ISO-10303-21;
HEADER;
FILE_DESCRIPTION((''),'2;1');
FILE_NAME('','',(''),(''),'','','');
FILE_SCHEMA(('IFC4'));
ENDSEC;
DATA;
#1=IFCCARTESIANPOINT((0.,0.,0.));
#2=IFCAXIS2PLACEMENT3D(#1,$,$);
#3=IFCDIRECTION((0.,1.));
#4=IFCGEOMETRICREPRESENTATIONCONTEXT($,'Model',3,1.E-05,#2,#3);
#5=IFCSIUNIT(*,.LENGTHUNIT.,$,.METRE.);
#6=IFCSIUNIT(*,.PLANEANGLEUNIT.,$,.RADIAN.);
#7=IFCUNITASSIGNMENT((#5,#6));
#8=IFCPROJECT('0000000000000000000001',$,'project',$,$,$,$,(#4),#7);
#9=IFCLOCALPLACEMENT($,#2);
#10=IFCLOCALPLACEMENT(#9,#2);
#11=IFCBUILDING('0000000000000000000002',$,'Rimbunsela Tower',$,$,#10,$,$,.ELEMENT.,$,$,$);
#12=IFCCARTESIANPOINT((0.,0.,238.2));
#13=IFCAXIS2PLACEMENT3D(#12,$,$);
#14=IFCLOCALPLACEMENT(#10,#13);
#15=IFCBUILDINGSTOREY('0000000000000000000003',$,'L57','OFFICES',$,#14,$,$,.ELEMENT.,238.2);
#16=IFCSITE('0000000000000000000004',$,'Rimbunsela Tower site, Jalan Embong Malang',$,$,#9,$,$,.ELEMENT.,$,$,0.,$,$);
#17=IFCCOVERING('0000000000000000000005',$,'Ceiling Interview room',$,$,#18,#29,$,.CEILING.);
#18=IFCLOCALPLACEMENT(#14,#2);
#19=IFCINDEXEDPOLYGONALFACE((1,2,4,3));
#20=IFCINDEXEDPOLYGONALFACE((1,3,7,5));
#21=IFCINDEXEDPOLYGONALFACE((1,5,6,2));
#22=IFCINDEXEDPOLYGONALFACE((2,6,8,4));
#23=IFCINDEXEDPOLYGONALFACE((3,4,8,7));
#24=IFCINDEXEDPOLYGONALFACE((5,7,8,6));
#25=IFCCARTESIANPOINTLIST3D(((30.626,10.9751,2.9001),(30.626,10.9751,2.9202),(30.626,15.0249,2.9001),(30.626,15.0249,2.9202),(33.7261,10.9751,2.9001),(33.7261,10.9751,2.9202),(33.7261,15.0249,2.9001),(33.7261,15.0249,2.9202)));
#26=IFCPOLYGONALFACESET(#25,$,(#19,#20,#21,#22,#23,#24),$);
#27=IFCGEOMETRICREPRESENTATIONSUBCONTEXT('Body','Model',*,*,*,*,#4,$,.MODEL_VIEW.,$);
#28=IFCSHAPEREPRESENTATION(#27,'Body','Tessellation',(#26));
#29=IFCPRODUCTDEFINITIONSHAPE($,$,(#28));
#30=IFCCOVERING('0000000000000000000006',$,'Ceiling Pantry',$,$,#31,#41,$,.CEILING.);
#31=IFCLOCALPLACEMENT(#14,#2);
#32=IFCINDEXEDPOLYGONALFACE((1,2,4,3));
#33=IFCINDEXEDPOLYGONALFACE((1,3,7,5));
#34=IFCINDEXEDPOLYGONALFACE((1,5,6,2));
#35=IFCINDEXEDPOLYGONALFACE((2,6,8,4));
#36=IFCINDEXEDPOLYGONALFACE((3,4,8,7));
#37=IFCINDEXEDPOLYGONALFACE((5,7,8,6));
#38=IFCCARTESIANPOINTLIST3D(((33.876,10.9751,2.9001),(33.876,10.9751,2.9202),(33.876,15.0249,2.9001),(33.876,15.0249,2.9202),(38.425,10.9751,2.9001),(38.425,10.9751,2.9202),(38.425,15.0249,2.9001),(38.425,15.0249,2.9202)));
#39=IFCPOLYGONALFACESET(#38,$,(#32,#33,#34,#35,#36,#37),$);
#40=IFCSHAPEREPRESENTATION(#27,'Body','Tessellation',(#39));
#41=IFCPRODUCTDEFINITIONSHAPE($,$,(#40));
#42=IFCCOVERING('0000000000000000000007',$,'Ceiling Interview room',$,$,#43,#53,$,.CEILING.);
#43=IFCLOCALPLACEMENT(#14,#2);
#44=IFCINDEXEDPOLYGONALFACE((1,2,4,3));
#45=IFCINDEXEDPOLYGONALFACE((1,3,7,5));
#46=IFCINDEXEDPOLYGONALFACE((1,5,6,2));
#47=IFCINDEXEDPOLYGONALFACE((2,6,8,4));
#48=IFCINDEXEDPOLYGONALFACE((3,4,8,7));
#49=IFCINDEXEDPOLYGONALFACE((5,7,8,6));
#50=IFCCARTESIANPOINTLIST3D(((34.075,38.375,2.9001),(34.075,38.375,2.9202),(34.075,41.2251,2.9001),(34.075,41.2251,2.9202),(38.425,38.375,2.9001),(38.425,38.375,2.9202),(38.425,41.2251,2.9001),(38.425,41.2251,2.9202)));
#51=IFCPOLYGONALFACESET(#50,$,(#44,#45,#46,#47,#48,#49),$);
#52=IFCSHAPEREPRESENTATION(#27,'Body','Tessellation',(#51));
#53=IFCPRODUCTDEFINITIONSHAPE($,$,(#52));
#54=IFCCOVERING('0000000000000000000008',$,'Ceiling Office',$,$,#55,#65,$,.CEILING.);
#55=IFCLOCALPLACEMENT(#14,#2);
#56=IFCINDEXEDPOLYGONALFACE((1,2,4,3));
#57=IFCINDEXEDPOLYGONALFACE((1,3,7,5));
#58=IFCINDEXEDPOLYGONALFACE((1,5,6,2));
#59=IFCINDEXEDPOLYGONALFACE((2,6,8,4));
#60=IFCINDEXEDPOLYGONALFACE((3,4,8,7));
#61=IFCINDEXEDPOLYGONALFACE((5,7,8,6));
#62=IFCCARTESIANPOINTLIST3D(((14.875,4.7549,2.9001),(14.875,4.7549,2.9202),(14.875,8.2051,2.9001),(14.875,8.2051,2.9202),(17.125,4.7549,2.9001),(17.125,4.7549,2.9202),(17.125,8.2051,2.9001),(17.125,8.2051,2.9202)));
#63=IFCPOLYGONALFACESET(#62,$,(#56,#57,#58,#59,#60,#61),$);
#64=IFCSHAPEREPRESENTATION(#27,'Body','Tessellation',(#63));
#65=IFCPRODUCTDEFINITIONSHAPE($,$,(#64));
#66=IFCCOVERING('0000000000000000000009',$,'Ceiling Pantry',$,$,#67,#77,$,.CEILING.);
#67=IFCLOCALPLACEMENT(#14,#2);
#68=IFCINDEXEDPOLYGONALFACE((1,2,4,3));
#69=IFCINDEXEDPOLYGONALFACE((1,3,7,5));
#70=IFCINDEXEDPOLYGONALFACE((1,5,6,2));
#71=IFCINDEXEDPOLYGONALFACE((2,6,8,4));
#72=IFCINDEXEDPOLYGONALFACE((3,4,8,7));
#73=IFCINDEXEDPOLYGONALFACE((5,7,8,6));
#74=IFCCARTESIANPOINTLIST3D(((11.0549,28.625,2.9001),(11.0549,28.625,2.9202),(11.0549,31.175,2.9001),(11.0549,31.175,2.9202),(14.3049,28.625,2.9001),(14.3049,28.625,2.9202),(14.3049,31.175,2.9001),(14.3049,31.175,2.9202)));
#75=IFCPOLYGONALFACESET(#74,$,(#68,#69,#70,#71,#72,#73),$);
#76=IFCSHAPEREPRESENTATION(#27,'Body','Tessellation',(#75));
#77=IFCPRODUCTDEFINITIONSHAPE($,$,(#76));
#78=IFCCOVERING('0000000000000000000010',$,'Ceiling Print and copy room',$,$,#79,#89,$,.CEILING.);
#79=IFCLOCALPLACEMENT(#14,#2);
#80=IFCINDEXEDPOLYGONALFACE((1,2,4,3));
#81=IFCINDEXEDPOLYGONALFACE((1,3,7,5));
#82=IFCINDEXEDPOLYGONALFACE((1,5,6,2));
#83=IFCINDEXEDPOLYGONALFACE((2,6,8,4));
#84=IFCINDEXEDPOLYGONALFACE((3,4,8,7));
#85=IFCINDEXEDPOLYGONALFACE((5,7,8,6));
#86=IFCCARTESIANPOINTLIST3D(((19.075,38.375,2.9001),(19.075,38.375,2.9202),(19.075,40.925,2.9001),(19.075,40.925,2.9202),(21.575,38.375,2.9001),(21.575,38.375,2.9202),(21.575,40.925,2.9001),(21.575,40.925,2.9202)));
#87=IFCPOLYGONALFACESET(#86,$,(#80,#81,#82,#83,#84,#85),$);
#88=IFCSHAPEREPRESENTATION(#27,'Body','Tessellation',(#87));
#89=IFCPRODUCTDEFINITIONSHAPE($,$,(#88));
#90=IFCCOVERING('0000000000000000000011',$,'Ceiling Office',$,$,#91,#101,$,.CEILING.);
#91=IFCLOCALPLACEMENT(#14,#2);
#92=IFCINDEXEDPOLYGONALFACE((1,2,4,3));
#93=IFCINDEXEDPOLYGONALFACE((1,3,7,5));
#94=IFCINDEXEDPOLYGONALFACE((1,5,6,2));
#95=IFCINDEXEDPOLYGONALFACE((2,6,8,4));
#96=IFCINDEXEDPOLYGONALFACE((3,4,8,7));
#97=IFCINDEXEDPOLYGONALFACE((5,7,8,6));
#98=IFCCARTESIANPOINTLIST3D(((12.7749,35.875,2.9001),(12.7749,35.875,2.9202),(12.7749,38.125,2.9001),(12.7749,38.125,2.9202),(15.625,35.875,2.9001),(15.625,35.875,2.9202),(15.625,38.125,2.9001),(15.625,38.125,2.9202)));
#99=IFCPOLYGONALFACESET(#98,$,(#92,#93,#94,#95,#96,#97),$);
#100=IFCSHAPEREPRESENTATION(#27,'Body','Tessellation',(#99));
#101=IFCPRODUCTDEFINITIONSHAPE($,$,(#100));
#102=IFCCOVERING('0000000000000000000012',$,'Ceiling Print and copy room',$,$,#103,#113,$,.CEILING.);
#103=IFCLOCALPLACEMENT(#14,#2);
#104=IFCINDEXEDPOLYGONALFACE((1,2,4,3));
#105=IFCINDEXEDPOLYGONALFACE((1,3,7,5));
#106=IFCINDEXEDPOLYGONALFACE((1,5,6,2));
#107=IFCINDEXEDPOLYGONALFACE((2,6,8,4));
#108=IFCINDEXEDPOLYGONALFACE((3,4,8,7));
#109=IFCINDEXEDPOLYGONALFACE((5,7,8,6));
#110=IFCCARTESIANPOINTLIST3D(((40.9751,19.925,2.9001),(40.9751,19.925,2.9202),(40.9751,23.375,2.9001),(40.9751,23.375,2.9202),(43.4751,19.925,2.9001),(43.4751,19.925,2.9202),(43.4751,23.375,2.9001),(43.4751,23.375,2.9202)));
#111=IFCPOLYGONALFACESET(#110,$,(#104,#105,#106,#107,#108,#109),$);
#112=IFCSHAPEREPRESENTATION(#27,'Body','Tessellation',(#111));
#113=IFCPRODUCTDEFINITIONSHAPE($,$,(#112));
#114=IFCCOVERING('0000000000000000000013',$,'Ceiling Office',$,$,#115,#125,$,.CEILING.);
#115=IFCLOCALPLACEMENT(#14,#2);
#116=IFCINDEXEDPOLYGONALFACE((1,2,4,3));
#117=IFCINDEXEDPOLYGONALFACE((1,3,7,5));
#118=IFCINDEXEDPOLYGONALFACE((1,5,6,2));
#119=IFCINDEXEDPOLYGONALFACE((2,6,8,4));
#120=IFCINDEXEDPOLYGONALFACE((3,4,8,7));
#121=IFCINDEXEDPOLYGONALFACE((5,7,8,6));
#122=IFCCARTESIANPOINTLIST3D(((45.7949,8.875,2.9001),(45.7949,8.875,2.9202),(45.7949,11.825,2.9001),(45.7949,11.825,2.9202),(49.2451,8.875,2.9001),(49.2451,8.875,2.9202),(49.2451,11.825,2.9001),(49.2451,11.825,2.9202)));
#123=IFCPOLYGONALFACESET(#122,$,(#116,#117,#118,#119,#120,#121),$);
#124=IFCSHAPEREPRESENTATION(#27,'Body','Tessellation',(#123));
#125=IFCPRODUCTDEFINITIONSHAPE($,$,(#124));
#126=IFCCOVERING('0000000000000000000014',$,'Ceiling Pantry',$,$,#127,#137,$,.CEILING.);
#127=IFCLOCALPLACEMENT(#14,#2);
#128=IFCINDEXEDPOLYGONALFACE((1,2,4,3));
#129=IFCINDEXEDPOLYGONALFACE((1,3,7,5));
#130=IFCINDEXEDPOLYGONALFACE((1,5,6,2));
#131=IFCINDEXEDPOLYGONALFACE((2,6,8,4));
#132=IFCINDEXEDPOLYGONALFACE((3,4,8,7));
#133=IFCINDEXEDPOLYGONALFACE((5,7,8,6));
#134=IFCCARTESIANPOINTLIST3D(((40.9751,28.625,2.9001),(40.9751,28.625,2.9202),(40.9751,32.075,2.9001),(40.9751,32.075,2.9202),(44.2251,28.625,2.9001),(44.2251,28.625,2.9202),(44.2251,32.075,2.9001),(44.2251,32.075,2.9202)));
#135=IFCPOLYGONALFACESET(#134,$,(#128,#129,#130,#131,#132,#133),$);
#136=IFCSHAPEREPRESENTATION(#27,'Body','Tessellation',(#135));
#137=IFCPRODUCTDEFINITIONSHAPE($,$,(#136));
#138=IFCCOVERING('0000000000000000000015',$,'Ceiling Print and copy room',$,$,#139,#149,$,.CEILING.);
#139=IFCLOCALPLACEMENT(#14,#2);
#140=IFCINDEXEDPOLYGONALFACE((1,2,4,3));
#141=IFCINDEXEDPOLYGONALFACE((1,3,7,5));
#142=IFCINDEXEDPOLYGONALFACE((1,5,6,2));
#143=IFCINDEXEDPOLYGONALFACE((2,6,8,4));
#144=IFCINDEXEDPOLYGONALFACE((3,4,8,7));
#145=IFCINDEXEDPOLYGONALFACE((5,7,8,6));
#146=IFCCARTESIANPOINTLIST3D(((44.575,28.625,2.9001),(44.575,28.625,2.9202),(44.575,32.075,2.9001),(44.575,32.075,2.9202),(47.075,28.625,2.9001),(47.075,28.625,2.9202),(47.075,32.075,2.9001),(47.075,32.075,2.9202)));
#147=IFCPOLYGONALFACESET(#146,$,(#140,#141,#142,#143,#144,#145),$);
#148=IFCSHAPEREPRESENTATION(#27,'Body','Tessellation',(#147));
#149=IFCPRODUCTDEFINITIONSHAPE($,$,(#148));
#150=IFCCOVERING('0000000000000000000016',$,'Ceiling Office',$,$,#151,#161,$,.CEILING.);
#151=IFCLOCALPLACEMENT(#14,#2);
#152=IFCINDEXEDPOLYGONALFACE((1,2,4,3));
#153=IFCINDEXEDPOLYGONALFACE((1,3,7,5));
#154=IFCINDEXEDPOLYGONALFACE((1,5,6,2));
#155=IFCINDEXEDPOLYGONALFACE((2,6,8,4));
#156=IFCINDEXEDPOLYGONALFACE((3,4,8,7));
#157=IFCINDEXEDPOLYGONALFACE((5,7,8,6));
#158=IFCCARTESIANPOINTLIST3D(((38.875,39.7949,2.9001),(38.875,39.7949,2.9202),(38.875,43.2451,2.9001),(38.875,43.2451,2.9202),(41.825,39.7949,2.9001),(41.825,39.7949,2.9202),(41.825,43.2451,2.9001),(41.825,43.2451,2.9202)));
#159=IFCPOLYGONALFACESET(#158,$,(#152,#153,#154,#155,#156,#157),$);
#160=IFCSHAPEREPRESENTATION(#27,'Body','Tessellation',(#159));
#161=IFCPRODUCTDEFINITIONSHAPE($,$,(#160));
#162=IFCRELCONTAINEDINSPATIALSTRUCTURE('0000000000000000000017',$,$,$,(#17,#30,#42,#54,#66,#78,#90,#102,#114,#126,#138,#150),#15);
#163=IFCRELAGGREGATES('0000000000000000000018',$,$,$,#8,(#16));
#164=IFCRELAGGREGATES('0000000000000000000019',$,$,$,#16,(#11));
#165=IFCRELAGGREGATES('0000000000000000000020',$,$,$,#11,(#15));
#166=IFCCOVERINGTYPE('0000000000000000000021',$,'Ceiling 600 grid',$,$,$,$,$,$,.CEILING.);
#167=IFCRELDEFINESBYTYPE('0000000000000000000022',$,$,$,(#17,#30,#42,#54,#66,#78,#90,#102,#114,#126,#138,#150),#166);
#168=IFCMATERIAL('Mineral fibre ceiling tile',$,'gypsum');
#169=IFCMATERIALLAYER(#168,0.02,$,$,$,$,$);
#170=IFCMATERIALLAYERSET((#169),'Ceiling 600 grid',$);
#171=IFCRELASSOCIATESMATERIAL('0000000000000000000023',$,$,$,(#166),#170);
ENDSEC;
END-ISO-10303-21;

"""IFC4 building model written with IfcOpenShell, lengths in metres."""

from ifc_helpers import new_model, si_unit, direction, frame, origin, place, context, subcontext, project, spatial, polyline, outline, extrude, material, layer, layer_set, type_object, element, save


model = new_model("IFC4")

# Units and contexts
model_context = context("Model", 3, precision=1e-05, world=origin(), true_north=direction((0.0, 1.0)))
body_context = subcontext(model_context, "Body", "Model", "MODEL_VIEW")
ifc_project = project(units=[si_unit("LENGTHUNIT", "METRE"), si_unit("PLANEANGLEUNIT", "RADIAN")], contexts=[model_context])

# Site, building, storey
site_placement = place(None, origin())
site = spatial("IfcSite", under=ifc_project, at=site_placement, Name="Rimbunsela Tower site, Jalan Embong Malang", CompositionType="ELEMENT", RefElevation=0.0)
building_placement = place(site_placement, origin())
building = spatial("IfcBuilding", under=site, at=building_placement, Name="Rimbunsela Tower", CompositionType="ELEMENT")
storey_placement = place(building_placement, frame((0.0, 0.0, 238.2)))
storey = spatial("IfcBuildingStorey", under=building, at=storey_placement, Name="L57", Description="OFFICES", CompositionType="ELEMENT", Elevation=238.2)

# Coverings
ifc_material_1 = material(Name="Mineral fibre ceiling tile", Category="gypsum")
ifc_layer_1 = layer(ifc_material_1, 0.02)
ifc_layer_set_1 = layer_set([ifc_layer_1], Name="Ceiling 600 grid")
covering_type_1 = type_object("IfcCoveringType", Name="Ceiling 600 grid", PredefinedType="CEILING", material=ifc_layer_set_1)
covering_1_placement = place(storey_placement, frame((0.0, 0.0, 2.9001)))
element("IfcCovering", 1, at=covering_1_placement, inside=storey, type_object=covering_type_1, Name="Ceiling Interview room", PredefinedType="CEILING", context=body_context, shape_type="SweptSolid", body=[
    extrude(outline(polyline([(33.7261, 10.9751), (33.7261, 15.0249), (30.626, 15.0249), (30.626, 10.9751), (33.7261, 10.9751)])), origin(), (0.0, 0.0, 1.0), 0.02),
])
covering_2_placement = place(storey_placement, frame((0.0, 0.0, 2.9001)))
element("IfcCovering", 2, at=covering_2_placement, inside=storey, type_object=covering_type_1, Name="Ceiling Pantry", PredefinedType="CEILING", context=body_context, shape_type="SweptSolid", body=[
    extrude(outline(polyline([(38.425, 10.9751), (38.425, 15.0249), (33.876, 15.0249), (33.876, 10.9751), (38.425, 10.9751)])), origin(), (0.0, 0.0, 1.0), 0.02),
])
covering_3_placement = place(storey_placement, frame((0.0, 0.0, 2.9001)))
element("IfcCovering", 3, at=covering_3_placement, inside=storey, type_object=covering_type_1, Name="Ceiling Interview room", PredefinedType="CEILING", context=body_context, shape_type="SweptSolid", body=[
    extrude(outline(polyline([(38.425, 38.375), (38.425, 41.2251), (34.075, 41.2251), (34.075, 38.375), (38.425, 38.375)])), origin(), (0.0, 0.0, 1.0), 0.02),
])
covering_4_placement = place(storey_placement, frame((0.0, 0.0, 2.9001)))
element("IfcCovering", 4, at=covering_4_placement, inside=storey, type_object=covering_type_1, Name="Ceiling Office", PredefinedType="CEILING", context=body_context, shape_type="SweptSolid", body=[
    extrude(outline(polyline([(17.125, 4.7549), (17.125, 8.2051), (14.875, 8.2051), (14.875, 4.7549), (17.125, 4.7549)])), origin(), (0.0, 0.0, 1.0), 0.02),
])
covering_5_placement = place(storey_placement, frame((0.0, 0.0, 2.9001)))
element("IfcCovering", 5, at=covering_5_placement, inside=storey, type_object=covering_type_1, Name="Ceiling Pantry", PredefinedType="CEILING", context=body_context, shape_type="SweptSolid", body=[
    extrude(outline(polyline([(14.3049, 28.625), (14.3049, 31.175), (11.0549, 31.175), (11.0549, 28.625), (14.3049, 28.625)])), origin(), (0.0, 0.0, 1.0), 0.02),
])
covering_6_placement = place(storey_placement, frame((0.0, 0.0, 2.9001)))
element("IfcCovering", 6, at=covering_6_placement, inside=storey, type_object=covering_type_1, Name="Ceiling Print and copy room", PredefinedType="CEILING", context=body_context, shape_type="SweptSolid", body=[
    extrude(outline(polyline([(21.575, 38.375), (21.575, 40.925), (19.075, 40.925), (19.075, 38.375), (21.575, 38.375)])), origin(), (0.0, 0.0, 1.0), 0.02),
])
covering_7_placement = place(storey_placement, frame((0.0, 0.0, 2.9001)))
element("IfcCovering", 7, at=covering_7_placement, inside=storey, type_object=covering_type_1, Name="Ceiling Office", PredefinedType="CEILING", context=body_context, shape_type="SweptSolid", body=[
    extrude(outline(polyline([(15.625, 35.875), (15.625, 38.125), (12.7749, 38.125), (12.7749, 35.875), (15.625, 35.875)])), origin(), (0.0, 0.0, 1.0), 0.02),
])
covering_8_placement = place(storey_placement, frame((0.0, 0.0, 2.9001)))
element("IfcCovering", 8, at=covering_8_placement, inside=storey, type_object=covering_type_1, Name="Ceiling Print and copy room", PredefinedType="CEILING", context=body_context, shape_type="SweptSolid", body=[
    extrude(outline(polyline([(43.4751, 19.925), (43.4751, 23.375), (40.9751, 23.375), (40.9751, 19.925), (43.4751, 19.925)])), origin(), (0.0, 0.0, 1.0), 0.02),
])
covering_9_placement = place(storey_placement, frame((0.0, 0.0, 2.9001)))
element("IfcCovering", 9, at=covering_9_placement, inside=storey, type_object=covering_type_1, Name="Ceiling Office", PredefinedType="CEILING", context=body_context, shape_type="SweptSolid", body=[
    extrude(outline(polyline([(49.2451, 8.875), (49.2451, 11.825), (45.7949, 11.825), (45.7949, 8.875), (49.2451, 8.875)])), origin(), (0.0, 0.0, 1.0), 0.02),
])
covering_10_placement = place(storey_placement, frame((0.0, 0.0, 2.9001)))
element("IfcCovering", 10, at=covering_10_placement, inside=storey, type_object=covering_type_1, Name="Ceiling Pantry", PredefinedType="CEILING", context=body_context, shape_type="SweptSolid", body=[
    extrude(outline(polyline([(44.2251, 28.625), (44.2251, 32.075), (40.9751, 32.075), (40.9751, 28.625), (44.2251, 28.625)])), origin(), (0.0, 0.0, 1.0), 0.02),
])
covering_11_placement = place(storey_placement, frame((0.0, 0.0, 2.9001)))
element("IfcCovering", 11, at=covering_11_placement, inside=storey, type_object=covering_type_1, Name="Ceiling Print and copy room", PredefinedType="CEILING", context=body_context, shape_type="SweptSolid", body=[
    extrude(outline(polyline([(47.075, 28.625), (47.075, 32.075), (44.575, 32.075), (44.575, 28.625), (47.075, 28.625)])), origin(), (0.0, 0.0, 1.0), 0.02),
])
covering_12_placement = place(storey_placement, frame((0.0, 0.0, 2.9001)))
element("IfcCovering", 12, at=covering_12_placement, inside=storey, type_object=covering_type_1, Name="Ceiling Office", PredefinedType="CEILING", context=body_context, shape_type="SweptSolid", body=[
    extrude(outline(polyline([(41.825, 39.7949), (41.825, 43.2451), (38.875, 43.2451), (38.875, 39.7949), (41.825, 39.7949)])), origin(), (0.0, 0.0, 1.0), 0.02),
])

save(model, "model.ifc")
